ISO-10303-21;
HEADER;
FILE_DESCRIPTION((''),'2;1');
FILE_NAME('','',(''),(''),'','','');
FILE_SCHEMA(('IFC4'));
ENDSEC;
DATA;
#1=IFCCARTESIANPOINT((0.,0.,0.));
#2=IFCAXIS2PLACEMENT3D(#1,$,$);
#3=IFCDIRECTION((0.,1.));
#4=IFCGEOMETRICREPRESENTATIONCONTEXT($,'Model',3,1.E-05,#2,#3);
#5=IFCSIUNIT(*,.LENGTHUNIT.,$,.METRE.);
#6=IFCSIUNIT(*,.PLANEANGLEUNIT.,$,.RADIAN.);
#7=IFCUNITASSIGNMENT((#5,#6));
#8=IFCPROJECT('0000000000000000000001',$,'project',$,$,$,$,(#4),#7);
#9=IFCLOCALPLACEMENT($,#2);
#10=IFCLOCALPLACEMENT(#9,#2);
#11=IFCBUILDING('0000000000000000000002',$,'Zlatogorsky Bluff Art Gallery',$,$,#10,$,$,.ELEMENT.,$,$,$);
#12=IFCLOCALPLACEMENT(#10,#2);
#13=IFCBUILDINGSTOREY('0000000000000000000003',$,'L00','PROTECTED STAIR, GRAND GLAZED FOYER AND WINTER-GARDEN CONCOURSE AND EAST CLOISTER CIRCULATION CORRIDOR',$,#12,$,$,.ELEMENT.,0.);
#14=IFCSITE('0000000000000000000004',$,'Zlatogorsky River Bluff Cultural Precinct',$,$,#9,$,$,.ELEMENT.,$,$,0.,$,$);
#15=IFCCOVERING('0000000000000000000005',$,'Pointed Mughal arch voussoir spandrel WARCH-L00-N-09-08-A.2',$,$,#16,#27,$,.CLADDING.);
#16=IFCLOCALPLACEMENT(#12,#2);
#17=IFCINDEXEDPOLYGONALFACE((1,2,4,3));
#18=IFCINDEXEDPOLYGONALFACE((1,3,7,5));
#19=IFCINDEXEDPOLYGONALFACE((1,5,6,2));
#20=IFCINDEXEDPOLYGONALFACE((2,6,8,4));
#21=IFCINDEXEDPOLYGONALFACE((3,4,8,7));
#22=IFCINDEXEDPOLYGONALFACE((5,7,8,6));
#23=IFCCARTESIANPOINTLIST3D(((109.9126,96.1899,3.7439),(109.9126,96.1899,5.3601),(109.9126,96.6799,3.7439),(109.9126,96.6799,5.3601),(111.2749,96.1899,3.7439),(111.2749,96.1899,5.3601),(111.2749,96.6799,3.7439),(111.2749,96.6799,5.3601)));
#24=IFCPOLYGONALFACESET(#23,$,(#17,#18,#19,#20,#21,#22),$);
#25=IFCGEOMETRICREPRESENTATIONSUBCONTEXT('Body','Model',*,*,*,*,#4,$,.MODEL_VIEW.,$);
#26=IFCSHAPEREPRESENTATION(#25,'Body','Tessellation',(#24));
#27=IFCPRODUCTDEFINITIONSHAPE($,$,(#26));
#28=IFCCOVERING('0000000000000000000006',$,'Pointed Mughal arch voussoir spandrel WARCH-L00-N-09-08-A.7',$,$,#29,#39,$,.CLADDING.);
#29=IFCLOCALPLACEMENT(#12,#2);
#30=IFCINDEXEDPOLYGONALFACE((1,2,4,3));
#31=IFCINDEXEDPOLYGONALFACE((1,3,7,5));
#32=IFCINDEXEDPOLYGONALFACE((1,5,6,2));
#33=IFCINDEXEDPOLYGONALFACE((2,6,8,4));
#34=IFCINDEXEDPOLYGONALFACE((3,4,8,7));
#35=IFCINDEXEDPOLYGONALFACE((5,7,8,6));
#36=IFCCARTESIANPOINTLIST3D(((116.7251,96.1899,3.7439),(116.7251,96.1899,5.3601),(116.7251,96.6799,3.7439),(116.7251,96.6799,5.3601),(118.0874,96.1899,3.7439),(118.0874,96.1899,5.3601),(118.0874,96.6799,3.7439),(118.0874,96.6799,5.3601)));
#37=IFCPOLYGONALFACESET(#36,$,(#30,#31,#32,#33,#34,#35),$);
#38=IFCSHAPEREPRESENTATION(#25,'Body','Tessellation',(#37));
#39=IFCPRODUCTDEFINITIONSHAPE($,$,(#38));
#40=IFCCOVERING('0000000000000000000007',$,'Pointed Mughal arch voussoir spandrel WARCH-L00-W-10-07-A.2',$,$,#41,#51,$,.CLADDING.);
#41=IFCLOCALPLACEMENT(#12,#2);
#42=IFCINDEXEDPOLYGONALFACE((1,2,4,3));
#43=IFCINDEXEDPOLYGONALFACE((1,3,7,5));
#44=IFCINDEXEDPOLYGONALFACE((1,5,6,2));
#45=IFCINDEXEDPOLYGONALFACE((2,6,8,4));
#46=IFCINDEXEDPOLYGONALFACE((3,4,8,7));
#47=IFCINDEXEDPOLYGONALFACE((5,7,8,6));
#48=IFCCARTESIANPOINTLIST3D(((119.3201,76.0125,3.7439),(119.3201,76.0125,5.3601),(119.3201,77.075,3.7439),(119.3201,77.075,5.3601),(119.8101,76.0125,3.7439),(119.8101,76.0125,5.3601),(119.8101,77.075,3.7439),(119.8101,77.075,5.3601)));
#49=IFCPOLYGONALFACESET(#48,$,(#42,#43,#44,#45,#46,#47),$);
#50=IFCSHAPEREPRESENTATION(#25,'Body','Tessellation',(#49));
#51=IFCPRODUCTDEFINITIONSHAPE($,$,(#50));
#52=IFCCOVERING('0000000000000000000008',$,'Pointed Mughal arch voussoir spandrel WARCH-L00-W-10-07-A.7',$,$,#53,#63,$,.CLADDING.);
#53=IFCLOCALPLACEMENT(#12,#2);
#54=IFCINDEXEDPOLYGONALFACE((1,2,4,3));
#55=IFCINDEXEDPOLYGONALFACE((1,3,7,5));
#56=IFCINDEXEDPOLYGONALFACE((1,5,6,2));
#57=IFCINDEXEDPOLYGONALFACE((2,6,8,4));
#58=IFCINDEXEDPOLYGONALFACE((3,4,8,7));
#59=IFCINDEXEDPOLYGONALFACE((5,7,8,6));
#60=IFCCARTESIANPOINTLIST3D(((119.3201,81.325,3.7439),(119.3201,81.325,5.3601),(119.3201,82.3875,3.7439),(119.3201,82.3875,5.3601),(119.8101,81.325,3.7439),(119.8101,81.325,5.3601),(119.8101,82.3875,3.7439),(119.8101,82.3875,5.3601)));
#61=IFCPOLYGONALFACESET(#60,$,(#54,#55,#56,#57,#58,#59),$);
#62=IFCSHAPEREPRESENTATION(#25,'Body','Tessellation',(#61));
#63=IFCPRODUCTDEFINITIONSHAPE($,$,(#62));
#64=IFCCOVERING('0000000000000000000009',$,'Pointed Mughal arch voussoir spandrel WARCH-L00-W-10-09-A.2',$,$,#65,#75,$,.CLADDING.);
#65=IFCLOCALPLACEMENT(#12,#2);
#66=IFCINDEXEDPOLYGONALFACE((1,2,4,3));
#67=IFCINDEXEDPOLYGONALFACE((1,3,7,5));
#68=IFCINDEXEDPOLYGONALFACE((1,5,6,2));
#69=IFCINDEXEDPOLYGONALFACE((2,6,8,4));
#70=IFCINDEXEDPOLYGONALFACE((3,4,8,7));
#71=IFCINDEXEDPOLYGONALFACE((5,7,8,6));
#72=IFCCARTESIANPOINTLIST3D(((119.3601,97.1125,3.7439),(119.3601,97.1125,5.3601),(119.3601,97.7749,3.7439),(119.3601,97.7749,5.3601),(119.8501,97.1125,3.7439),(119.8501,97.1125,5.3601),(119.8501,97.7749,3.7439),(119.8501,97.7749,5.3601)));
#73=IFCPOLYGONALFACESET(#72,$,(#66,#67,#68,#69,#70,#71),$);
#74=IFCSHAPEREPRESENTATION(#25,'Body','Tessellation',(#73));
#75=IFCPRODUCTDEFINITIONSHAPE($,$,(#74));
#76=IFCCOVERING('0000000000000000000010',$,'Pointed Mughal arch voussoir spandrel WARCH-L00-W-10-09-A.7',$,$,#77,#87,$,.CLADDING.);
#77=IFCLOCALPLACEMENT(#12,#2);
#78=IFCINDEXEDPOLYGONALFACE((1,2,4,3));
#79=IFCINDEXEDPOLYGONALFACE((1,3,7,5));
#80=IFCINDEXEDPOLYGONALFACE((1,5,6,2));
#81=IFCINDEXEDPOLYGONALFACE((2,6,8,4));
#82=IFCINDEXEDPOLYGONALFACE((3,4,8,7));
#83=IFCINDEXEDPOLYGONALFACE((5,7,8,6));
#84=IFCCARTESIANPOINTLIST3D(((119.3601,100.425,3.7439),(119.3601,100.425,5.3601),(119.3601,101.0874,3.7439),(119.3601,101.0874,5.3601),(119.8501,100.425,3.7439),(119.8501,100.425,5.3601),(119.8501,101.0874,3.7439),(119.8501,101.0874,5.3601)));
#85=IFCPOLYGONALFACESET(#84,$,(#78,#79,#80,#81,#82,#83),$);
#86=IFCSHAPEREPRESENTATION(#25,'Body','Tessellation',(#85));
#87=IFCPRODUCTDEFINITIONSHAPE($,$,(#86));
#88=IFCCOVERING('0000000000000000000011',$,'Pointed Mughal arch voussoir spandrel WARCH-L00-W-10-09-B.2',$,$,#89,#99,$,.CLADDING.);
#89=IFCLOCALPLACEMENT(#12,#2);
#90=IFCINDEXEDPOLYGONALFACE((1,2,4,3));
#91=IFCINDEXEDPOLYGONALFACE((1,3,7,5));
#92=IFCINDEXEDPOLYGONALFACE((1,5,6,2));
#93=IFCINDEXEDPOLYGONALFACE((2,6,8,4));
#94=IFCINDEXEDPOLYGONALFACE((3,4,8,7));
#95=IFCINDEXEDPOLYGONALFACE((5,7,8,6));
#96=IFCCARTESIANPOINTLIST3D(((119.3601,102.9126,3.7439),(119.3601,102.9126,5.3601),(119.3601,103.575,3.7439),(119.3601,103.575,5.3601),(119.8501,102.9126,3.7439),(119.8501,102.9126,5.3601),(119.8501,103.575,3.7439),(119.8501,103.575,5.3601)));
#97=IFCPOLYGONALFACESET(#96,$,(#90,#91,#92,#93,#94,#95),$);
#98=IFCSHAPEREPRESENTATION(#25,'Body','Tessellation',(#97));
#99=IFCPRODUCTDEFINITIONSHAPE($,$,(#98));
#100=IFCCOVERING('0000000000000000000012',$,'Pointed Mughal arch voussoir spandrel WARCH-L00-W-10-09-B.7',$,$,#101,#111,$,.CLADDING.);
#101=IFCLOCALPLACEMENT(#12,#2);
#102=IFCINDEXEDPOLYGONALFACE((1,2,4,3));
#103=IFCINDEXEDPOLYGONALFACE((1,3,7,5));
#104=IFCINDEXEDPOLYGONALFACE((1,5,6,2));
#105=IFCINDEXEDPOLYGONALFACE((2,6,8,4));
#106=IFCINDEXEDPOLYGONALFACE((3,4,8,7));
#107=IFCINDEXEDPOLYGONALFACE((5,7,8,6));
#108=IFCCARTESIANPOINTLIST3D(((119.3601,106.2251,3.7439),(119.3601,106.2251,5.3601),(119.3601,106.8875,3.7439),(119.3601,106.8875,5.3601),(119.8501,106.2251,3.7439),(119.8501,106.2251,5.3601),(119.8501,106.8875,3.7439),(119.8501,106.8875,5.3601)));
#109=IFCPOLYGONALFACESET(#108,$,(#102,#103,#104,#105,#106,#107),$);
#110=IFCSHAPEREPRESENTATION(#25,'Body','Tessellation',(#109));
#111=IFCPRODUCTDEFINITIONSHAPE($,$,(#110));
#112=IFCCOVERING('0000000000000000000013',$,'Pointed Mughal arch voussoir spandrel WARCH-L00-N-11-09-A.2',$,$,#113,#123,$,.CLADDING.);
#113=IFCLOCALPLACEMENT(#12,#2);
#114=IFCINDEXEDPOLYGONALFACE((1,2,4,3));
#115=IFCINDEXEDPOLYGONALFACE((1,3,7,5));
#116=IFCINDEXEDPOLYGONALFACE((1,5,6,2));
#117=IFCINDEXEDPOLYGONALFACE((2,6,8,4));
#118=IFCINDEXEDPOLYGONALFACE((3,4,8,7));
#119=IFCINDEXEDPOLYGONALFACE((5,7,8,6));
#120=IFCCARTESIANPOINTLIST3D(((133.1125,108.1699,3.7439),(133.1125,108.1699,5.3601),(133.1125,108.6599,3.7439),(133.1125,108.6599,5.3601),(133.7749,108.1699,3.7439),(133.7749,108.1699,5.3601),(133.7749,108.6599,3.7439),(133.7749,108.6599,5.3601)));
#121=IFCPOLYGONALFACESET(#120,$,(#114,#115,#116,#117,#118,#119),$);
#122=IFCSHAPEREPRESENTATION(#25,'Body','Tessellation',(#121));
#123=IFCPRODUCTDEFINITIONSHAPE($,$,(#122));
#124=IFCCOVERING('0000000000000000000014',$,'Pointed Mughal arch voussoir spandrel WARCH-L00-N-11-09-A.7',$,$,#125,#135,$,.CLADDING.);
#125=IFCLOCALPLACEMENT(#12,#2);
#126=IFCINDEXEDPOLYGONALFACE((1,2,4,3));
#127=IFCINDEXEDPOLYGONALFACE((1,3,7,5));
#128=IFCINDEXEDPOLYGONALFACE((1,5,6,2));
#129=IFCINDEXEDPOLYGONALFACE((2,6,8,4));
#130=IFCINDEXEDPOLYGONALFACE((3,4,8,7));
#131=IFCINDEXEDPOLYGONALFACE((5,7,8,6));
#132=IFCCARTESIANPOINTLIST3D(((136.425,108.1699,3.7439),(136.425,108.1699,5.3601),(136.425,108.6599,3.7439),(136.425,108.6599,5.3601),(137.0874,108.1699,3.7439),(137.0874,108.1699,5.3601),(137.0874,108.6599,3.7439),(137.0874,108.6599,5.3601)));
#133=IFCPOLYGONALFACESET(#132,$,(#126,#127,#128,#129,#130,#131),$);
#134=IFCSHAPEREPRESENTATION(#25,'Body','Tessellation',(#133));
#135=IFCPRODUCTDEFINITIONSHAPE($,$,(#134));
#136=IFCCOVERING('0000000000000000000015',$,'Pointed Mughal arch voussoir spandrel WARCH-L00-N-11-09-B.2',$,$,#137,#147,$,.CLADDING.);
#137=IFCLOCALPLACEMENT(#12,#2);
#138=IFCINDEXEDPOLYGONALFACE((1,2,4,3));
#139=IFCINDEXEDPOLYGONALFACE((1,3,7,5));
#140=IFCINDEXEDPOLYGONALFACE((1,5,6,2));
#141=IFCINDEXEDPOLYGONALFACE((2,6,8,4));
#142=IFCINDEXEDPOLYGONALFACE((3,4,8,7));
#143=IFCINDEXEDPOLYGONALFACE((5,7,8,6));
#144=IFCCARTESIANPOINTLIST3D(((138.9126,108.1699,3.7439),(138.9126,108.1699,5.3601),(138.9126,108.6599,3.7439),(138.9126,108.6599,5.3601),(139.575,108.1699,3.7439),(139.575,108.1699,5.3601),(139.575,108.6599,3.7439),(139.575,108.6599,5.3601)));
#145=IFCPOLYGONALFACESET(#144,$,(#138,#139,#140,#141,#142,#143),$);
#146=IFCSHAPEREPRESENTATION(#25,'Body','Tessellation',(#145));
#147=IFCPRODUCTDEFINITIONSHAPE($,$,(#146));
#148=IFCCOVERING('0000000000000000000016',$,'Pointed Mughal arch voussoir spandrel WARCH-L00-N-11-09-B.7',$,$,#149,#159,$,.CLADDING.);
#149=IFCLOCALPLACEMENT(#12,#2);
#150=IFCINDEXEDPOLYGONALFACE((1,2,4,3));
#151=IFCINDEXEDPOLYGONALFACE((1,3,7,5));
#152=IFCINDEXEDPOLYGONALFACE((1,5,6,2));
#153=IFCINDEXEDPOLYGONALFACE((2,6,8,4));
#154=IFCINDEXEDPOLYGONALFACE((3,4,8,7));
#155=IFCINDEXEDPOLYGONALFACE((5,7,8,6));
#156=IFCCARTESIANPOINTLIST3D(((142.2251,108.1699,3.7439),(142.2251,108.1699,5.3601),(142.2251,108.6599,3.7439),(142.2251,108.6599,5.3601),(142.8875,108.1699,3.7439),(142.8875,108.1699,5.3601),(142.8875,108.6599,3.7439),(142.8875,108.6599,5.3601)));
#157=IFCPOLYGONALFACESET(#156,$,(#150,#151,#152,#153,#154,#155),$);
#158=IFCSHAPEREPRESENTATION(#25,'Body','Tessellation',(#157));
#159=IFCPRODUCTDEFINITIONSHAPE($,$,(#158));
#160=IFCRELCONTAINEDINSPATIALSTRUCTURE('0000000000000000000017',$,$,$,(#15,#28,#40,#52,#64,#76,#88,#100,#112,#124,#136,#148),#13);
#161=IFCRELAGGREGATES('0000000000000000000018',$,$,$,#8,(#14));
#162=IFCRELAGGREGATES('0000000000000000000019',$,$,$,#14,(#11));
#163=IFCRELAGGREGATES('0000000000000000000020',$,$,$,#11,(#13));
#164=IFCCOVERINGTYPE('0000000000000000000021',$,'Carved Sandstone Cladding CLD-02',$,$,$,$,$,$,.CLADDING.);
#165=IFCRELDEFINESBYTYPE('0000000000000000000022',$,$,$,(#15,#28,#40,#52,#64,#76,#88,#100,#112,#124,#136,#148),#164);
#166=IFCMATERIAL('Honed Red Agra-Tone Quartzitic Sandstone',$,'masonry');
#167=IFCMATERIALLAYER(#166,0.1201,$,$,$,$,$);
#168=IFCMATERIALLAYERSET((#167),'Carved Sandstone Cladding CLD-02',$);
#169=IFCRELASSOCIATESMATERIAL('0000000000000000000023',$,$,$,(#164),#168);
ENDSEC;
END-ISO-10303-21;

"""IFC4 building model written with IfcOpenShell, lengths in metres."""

from ifc_helpers import new_model, si_unit, direction, frame, origin, place, context, subcontext, project, spatial, polyline, outline, extrude, material, layer, layer_set, type_object, element, save


model = new_model("IFC4")

# Units and contexts
model_context = context("Model", 3, precision=1e-05, world=origin(), true_north=direction((0.0, 1.0)))
body_context = subcontext(model_context, "Body", "Model", "MODEL_VIEW")
ifc_project = project(units=[si_unit("LENGTHUNIT", "METRE"), si_unit("PLANEANGLEUNIT", "RADIAN")], contexts=[model_context])

# Site, building, storey
site_placement = place(None, origin())
site = spatial("IfcSite", under=ifc_project, at=site_placement, Name="Zlatogorsky River Bluff Cultural Precinct", CompositionType="ELEMENT", RefElevation=0.0)
building_placement = place(site_placement, origin())
building = spatial("IfcBuilding", under=site, at=building_placement, Name="Zlatogorsky Bluff Art Gallery", CompositionType="ELEMENT")
storey_placement = place(building_placement, origin())
storey = spatial("IfcBuildingStorey", under=building, at=storey_placement, Name="L00", Description="PROTECTED STAIR, GRAND GLAZED FOYER AND WINTER-GARDEN CONCOURSE AND EAST CLOISTER CIRCULATION CORRIDOR", CompositionType="ELEMENT", Elevation=0.0)

# Coverings
ifc_material = material(Name="Honed Red Agra-Tone Quartzitic Sandstone", Category="masonry")
ifc_layer = layer(ifc_material, 0.1201)
ifc_layer_set = layer_set([ifc_layer], Name="Carved Sandstone Cladding CLD-02")
covering_type = type_object("IfcCoveringType", Name="Carved Sandstone Cladding CLD-02", PredefinedType="CLADDING", material=ifc_layer_set)
covering_1_placement = place(storey_placement, frame((0.0, 0.0, 3.7439)))
element("IfcCovering", 1, at=covering_1_placement, inside=storey, type_object=covering_type, Name="Pointed Mughal arch voussoir spandrel WARCH-L00-N-09-08-A.2", PredefinedType="CLADDING", context=body_context, shape_type="SweptSolid", body=[
    extrude(outline(polyline([(109.9126, 96.1899), (111.2749, 96.1899), (111.2749, 96.6799), (109.9126, 96.6799), (109.9126, 96.1899)])), origin(), (0.0, 0.0, 1.0), 1.6162),
])
covering_2_placement = place(storey_placement, frame((0.0, 0.0, 3.7439)))
element("IfcCovering", 2, at=covering_2_placement, inside=storey, type_object=covering_type, Name="Pointed Mughal arch voussoir spandrel WARCH-L00-N-09-08-A.7", PredefinedType="CLADDING", context=body_context, shape_type="SweptSolid", body=[
    extrude(outline(polyline([(116.7251, 96.1899), (118.0874, 96.1899), (118.0874, 96.6799), (116.7251, 96.6799), (116.7251, 96.1899)])), origin(), (0.0, 0.0, 1.0), 1.6162),
])
covering_3_placement = place(storey_placement, frame((0.0, 0.0, 3.7439)))
element("IfcCovering", 3, at=covering_3_placement, inside=storey, type_object=covering_type, Name="Pointed Mughal arch voussoir spandrel WARCH-L00-W-10-07-A.2", PredefinedType="CLADDING", context=body_context, shape_type="SweptSolid", body=[
    extrude(outline(polyline([(119.3201, 76.0125), (119.3201, 77.075), (119.8101, 77.075), (119.8101, 76.0125), (119.3201, 76.0125)])), origin(), (0.0, 0.0, 1.0), 1.6162),
])
covering_4_placement = place(storey_placement, frame((0.0, 0.0, 3.7439)))
element("IfcCovering", 4, at=covering_4_placement, inside=storey, type_object=covering_type, Name="Pointed Mughal arch voussoir spandrel WARCH-L00-W-10-07-A.7", PredefinedType="CLADDING", context=body_context, shape_type="SweptSolid", body=[
    extrude(outline(polyline([(119.3201, 81.325), (119.3201, 82.3875), (119.8101, 82.3875), (119.8101, 81.325), (119.3201, 81.325)])), origin(), (0.0, 0.0, 1.0), 1.6162),
])
covering_5_placement = place(storey_placement, frame((0.0, 0.0, 3.7439)))
element("IfcCovering", 5, at=covering_5_placement, inside=storey, type_object=covering_type, Name="Pointed Mughal arch voussoir spandrel WARCH-L00-W-10-09-A.2", PredefinedType="CLADDING", context=body_context, shape_type="SweptSolid", body=[
    extrude(outline(polyline([(119.3601, 97.1125), (119.3601, 97.7749), (119.8501, 97.7749), (119.8501, 97.1125), (119.3601, 97.1125)])), origin(), (0.0, 0.0, 1.0), 1.6162),
])
covering_6_placement = place(storey_placement, frame((0.0, 0.0, 3.7439)))
element("IfcCovering", 6, at=covering_6_placement, inside=storey, type_object=covering_type, Name="Pointed Mughal arch voussoir spandrel WARCH-L00-W-10-09-A.7", PredefinedType="CLADDING", context=body_context, shape_type="SweptSolid", body=[
    extrude(outline(polyline([(119.3601, 100.425), (119.3601, 101.0874), (119.8501, 101.0874), (119.8501, 100.425), (119.3601, 100.425)])), origin(), (0.0, 0.0, 1.0), 1.6162),
])
covering_7_placement = place(storey_placement, frame((0.0, 0.0, 3.7439)))
element("IfcCovering", 7, at=covering_7_placement, inside=storey, type_object=covering_type, Name="Pointed Mughal arch voussoir spandrel WARCH-L00-W-10-09-B.2", PredefinedType="CLADDING", context=body_context, shape_type="SweptSolid", body=[
    extrude(outline(polyline([(119.3601, 102.9126), (119.3601, 103.575), (119.8501, 103.575), (119.8501, 102.9126), (119.3601, 102.9126)])), origin(), (0.0, 0.0, 1.0), 1.6162),
])
covering_8_placement = place(storey_placement, frame((0.0, 0.0, 3.7439)))
element("IfcCovering", 8, at=covering_8_placement, inside=storey, type_object=covering_type, Name="Pointed Mughal arch voussoir spandrel WARCH-L00-W-10-09-B.7", PredefinedType="CLADDING", context=body_context, shape_type="SweptSolid", body=[
    extrude(outline(polyline([(119.3601, 106.2251), (119.3601, 106.8875), (119.8501, 106.8875), (119.8501, 106.2251), (119.3601, 106.2251)])), origin(), (0.0, 0.0, 1.0), 1.6162),
])
covering_9_placement = place(storey_placement, frame((0.0, 0.0, 3.7439)))
element("IfcCovering", 9, at=covering_9_placement, inside=storey, type_object=covering_type, Name="Pointed Mughal arch voussoir spandrel WARCH-L00-N-11-09-A.2", PredefinedType="CLADDING", context=body_context, shape_type="SweptSolid", body=[
    extrude(outline(polyline([(133.1125, 108.1699), (133.7749, 108.1699), (133.7749, 108.6599), (133.1125, 108.6599), (133.1125, 108.1699)])), origin(), (0.0, 0.0, 1.0), 1.6162),
])
covering_10_placement = place(storey_placement, frame((0.0, 0.0, 3.7439)))
element("IfcCovering", 10, at=covering_10_placement, inside=storey, type_object=covering_type, Name="Pointed Mughal arch voussoir spandrel WARCH-L00-N-11-09-A.7", PredefinedType="CLADDING", context=body_context, shape_type="SweptSolid", body=[
    extrude(outline(polyline([(136.425, 108.1699), (137.0874, 108.1699), (137.0874, 108.6599), (136.425, 108.6599), (136.425, 108.1699)])), origin(), (0.0, 0.0, 1.0), 1.6162),
])
covering_11_placement = place(storey_placement, frame((0.0, 0.0, 3.7439)))
element("IfcCovering", 11, at=covering_11_placement, inside=storey, type_object=covering_type, Name="Pointed Mughal arch voussoir spandrel WARCH-L00-N-11-09-B.2", PredefinedType="CLADDING", context=body_context, shape_type="SweptSolid", body=[
    extrude(outline(polyline([(138.9126, 108.1699), (139.575, 108.1699), (139.575, 108.6599), (138.9126, 108.6599), (138.9126, 108.1699)])), origin(), (0.0, 0.0, 1.0), 1.6162),
])
covering_12_placement = place(storey_placement, frame((0.0, 0.0, 3.7439)))
element("IfcCovering", 12, at=covering_12_placement, inside=storey, type_object=covering_type, Name="Pointed Mughal arch voussoir spandrel WARCH-L00-N-11-09-B.7", PredefinedType="CLADDING", context=body_context, shape_type="SweptSolid", body=[
    extrude(outline(polyline([(142.2251, 108.1699), (142.8875, 108.1699), (142.8875, 108.6599), (142.2251, 108.6599), (142.2251, 108.1699)])), origin(), (0.0, 0.0, 1.0), 1.6162),
])

save(model, "model.ifc")
